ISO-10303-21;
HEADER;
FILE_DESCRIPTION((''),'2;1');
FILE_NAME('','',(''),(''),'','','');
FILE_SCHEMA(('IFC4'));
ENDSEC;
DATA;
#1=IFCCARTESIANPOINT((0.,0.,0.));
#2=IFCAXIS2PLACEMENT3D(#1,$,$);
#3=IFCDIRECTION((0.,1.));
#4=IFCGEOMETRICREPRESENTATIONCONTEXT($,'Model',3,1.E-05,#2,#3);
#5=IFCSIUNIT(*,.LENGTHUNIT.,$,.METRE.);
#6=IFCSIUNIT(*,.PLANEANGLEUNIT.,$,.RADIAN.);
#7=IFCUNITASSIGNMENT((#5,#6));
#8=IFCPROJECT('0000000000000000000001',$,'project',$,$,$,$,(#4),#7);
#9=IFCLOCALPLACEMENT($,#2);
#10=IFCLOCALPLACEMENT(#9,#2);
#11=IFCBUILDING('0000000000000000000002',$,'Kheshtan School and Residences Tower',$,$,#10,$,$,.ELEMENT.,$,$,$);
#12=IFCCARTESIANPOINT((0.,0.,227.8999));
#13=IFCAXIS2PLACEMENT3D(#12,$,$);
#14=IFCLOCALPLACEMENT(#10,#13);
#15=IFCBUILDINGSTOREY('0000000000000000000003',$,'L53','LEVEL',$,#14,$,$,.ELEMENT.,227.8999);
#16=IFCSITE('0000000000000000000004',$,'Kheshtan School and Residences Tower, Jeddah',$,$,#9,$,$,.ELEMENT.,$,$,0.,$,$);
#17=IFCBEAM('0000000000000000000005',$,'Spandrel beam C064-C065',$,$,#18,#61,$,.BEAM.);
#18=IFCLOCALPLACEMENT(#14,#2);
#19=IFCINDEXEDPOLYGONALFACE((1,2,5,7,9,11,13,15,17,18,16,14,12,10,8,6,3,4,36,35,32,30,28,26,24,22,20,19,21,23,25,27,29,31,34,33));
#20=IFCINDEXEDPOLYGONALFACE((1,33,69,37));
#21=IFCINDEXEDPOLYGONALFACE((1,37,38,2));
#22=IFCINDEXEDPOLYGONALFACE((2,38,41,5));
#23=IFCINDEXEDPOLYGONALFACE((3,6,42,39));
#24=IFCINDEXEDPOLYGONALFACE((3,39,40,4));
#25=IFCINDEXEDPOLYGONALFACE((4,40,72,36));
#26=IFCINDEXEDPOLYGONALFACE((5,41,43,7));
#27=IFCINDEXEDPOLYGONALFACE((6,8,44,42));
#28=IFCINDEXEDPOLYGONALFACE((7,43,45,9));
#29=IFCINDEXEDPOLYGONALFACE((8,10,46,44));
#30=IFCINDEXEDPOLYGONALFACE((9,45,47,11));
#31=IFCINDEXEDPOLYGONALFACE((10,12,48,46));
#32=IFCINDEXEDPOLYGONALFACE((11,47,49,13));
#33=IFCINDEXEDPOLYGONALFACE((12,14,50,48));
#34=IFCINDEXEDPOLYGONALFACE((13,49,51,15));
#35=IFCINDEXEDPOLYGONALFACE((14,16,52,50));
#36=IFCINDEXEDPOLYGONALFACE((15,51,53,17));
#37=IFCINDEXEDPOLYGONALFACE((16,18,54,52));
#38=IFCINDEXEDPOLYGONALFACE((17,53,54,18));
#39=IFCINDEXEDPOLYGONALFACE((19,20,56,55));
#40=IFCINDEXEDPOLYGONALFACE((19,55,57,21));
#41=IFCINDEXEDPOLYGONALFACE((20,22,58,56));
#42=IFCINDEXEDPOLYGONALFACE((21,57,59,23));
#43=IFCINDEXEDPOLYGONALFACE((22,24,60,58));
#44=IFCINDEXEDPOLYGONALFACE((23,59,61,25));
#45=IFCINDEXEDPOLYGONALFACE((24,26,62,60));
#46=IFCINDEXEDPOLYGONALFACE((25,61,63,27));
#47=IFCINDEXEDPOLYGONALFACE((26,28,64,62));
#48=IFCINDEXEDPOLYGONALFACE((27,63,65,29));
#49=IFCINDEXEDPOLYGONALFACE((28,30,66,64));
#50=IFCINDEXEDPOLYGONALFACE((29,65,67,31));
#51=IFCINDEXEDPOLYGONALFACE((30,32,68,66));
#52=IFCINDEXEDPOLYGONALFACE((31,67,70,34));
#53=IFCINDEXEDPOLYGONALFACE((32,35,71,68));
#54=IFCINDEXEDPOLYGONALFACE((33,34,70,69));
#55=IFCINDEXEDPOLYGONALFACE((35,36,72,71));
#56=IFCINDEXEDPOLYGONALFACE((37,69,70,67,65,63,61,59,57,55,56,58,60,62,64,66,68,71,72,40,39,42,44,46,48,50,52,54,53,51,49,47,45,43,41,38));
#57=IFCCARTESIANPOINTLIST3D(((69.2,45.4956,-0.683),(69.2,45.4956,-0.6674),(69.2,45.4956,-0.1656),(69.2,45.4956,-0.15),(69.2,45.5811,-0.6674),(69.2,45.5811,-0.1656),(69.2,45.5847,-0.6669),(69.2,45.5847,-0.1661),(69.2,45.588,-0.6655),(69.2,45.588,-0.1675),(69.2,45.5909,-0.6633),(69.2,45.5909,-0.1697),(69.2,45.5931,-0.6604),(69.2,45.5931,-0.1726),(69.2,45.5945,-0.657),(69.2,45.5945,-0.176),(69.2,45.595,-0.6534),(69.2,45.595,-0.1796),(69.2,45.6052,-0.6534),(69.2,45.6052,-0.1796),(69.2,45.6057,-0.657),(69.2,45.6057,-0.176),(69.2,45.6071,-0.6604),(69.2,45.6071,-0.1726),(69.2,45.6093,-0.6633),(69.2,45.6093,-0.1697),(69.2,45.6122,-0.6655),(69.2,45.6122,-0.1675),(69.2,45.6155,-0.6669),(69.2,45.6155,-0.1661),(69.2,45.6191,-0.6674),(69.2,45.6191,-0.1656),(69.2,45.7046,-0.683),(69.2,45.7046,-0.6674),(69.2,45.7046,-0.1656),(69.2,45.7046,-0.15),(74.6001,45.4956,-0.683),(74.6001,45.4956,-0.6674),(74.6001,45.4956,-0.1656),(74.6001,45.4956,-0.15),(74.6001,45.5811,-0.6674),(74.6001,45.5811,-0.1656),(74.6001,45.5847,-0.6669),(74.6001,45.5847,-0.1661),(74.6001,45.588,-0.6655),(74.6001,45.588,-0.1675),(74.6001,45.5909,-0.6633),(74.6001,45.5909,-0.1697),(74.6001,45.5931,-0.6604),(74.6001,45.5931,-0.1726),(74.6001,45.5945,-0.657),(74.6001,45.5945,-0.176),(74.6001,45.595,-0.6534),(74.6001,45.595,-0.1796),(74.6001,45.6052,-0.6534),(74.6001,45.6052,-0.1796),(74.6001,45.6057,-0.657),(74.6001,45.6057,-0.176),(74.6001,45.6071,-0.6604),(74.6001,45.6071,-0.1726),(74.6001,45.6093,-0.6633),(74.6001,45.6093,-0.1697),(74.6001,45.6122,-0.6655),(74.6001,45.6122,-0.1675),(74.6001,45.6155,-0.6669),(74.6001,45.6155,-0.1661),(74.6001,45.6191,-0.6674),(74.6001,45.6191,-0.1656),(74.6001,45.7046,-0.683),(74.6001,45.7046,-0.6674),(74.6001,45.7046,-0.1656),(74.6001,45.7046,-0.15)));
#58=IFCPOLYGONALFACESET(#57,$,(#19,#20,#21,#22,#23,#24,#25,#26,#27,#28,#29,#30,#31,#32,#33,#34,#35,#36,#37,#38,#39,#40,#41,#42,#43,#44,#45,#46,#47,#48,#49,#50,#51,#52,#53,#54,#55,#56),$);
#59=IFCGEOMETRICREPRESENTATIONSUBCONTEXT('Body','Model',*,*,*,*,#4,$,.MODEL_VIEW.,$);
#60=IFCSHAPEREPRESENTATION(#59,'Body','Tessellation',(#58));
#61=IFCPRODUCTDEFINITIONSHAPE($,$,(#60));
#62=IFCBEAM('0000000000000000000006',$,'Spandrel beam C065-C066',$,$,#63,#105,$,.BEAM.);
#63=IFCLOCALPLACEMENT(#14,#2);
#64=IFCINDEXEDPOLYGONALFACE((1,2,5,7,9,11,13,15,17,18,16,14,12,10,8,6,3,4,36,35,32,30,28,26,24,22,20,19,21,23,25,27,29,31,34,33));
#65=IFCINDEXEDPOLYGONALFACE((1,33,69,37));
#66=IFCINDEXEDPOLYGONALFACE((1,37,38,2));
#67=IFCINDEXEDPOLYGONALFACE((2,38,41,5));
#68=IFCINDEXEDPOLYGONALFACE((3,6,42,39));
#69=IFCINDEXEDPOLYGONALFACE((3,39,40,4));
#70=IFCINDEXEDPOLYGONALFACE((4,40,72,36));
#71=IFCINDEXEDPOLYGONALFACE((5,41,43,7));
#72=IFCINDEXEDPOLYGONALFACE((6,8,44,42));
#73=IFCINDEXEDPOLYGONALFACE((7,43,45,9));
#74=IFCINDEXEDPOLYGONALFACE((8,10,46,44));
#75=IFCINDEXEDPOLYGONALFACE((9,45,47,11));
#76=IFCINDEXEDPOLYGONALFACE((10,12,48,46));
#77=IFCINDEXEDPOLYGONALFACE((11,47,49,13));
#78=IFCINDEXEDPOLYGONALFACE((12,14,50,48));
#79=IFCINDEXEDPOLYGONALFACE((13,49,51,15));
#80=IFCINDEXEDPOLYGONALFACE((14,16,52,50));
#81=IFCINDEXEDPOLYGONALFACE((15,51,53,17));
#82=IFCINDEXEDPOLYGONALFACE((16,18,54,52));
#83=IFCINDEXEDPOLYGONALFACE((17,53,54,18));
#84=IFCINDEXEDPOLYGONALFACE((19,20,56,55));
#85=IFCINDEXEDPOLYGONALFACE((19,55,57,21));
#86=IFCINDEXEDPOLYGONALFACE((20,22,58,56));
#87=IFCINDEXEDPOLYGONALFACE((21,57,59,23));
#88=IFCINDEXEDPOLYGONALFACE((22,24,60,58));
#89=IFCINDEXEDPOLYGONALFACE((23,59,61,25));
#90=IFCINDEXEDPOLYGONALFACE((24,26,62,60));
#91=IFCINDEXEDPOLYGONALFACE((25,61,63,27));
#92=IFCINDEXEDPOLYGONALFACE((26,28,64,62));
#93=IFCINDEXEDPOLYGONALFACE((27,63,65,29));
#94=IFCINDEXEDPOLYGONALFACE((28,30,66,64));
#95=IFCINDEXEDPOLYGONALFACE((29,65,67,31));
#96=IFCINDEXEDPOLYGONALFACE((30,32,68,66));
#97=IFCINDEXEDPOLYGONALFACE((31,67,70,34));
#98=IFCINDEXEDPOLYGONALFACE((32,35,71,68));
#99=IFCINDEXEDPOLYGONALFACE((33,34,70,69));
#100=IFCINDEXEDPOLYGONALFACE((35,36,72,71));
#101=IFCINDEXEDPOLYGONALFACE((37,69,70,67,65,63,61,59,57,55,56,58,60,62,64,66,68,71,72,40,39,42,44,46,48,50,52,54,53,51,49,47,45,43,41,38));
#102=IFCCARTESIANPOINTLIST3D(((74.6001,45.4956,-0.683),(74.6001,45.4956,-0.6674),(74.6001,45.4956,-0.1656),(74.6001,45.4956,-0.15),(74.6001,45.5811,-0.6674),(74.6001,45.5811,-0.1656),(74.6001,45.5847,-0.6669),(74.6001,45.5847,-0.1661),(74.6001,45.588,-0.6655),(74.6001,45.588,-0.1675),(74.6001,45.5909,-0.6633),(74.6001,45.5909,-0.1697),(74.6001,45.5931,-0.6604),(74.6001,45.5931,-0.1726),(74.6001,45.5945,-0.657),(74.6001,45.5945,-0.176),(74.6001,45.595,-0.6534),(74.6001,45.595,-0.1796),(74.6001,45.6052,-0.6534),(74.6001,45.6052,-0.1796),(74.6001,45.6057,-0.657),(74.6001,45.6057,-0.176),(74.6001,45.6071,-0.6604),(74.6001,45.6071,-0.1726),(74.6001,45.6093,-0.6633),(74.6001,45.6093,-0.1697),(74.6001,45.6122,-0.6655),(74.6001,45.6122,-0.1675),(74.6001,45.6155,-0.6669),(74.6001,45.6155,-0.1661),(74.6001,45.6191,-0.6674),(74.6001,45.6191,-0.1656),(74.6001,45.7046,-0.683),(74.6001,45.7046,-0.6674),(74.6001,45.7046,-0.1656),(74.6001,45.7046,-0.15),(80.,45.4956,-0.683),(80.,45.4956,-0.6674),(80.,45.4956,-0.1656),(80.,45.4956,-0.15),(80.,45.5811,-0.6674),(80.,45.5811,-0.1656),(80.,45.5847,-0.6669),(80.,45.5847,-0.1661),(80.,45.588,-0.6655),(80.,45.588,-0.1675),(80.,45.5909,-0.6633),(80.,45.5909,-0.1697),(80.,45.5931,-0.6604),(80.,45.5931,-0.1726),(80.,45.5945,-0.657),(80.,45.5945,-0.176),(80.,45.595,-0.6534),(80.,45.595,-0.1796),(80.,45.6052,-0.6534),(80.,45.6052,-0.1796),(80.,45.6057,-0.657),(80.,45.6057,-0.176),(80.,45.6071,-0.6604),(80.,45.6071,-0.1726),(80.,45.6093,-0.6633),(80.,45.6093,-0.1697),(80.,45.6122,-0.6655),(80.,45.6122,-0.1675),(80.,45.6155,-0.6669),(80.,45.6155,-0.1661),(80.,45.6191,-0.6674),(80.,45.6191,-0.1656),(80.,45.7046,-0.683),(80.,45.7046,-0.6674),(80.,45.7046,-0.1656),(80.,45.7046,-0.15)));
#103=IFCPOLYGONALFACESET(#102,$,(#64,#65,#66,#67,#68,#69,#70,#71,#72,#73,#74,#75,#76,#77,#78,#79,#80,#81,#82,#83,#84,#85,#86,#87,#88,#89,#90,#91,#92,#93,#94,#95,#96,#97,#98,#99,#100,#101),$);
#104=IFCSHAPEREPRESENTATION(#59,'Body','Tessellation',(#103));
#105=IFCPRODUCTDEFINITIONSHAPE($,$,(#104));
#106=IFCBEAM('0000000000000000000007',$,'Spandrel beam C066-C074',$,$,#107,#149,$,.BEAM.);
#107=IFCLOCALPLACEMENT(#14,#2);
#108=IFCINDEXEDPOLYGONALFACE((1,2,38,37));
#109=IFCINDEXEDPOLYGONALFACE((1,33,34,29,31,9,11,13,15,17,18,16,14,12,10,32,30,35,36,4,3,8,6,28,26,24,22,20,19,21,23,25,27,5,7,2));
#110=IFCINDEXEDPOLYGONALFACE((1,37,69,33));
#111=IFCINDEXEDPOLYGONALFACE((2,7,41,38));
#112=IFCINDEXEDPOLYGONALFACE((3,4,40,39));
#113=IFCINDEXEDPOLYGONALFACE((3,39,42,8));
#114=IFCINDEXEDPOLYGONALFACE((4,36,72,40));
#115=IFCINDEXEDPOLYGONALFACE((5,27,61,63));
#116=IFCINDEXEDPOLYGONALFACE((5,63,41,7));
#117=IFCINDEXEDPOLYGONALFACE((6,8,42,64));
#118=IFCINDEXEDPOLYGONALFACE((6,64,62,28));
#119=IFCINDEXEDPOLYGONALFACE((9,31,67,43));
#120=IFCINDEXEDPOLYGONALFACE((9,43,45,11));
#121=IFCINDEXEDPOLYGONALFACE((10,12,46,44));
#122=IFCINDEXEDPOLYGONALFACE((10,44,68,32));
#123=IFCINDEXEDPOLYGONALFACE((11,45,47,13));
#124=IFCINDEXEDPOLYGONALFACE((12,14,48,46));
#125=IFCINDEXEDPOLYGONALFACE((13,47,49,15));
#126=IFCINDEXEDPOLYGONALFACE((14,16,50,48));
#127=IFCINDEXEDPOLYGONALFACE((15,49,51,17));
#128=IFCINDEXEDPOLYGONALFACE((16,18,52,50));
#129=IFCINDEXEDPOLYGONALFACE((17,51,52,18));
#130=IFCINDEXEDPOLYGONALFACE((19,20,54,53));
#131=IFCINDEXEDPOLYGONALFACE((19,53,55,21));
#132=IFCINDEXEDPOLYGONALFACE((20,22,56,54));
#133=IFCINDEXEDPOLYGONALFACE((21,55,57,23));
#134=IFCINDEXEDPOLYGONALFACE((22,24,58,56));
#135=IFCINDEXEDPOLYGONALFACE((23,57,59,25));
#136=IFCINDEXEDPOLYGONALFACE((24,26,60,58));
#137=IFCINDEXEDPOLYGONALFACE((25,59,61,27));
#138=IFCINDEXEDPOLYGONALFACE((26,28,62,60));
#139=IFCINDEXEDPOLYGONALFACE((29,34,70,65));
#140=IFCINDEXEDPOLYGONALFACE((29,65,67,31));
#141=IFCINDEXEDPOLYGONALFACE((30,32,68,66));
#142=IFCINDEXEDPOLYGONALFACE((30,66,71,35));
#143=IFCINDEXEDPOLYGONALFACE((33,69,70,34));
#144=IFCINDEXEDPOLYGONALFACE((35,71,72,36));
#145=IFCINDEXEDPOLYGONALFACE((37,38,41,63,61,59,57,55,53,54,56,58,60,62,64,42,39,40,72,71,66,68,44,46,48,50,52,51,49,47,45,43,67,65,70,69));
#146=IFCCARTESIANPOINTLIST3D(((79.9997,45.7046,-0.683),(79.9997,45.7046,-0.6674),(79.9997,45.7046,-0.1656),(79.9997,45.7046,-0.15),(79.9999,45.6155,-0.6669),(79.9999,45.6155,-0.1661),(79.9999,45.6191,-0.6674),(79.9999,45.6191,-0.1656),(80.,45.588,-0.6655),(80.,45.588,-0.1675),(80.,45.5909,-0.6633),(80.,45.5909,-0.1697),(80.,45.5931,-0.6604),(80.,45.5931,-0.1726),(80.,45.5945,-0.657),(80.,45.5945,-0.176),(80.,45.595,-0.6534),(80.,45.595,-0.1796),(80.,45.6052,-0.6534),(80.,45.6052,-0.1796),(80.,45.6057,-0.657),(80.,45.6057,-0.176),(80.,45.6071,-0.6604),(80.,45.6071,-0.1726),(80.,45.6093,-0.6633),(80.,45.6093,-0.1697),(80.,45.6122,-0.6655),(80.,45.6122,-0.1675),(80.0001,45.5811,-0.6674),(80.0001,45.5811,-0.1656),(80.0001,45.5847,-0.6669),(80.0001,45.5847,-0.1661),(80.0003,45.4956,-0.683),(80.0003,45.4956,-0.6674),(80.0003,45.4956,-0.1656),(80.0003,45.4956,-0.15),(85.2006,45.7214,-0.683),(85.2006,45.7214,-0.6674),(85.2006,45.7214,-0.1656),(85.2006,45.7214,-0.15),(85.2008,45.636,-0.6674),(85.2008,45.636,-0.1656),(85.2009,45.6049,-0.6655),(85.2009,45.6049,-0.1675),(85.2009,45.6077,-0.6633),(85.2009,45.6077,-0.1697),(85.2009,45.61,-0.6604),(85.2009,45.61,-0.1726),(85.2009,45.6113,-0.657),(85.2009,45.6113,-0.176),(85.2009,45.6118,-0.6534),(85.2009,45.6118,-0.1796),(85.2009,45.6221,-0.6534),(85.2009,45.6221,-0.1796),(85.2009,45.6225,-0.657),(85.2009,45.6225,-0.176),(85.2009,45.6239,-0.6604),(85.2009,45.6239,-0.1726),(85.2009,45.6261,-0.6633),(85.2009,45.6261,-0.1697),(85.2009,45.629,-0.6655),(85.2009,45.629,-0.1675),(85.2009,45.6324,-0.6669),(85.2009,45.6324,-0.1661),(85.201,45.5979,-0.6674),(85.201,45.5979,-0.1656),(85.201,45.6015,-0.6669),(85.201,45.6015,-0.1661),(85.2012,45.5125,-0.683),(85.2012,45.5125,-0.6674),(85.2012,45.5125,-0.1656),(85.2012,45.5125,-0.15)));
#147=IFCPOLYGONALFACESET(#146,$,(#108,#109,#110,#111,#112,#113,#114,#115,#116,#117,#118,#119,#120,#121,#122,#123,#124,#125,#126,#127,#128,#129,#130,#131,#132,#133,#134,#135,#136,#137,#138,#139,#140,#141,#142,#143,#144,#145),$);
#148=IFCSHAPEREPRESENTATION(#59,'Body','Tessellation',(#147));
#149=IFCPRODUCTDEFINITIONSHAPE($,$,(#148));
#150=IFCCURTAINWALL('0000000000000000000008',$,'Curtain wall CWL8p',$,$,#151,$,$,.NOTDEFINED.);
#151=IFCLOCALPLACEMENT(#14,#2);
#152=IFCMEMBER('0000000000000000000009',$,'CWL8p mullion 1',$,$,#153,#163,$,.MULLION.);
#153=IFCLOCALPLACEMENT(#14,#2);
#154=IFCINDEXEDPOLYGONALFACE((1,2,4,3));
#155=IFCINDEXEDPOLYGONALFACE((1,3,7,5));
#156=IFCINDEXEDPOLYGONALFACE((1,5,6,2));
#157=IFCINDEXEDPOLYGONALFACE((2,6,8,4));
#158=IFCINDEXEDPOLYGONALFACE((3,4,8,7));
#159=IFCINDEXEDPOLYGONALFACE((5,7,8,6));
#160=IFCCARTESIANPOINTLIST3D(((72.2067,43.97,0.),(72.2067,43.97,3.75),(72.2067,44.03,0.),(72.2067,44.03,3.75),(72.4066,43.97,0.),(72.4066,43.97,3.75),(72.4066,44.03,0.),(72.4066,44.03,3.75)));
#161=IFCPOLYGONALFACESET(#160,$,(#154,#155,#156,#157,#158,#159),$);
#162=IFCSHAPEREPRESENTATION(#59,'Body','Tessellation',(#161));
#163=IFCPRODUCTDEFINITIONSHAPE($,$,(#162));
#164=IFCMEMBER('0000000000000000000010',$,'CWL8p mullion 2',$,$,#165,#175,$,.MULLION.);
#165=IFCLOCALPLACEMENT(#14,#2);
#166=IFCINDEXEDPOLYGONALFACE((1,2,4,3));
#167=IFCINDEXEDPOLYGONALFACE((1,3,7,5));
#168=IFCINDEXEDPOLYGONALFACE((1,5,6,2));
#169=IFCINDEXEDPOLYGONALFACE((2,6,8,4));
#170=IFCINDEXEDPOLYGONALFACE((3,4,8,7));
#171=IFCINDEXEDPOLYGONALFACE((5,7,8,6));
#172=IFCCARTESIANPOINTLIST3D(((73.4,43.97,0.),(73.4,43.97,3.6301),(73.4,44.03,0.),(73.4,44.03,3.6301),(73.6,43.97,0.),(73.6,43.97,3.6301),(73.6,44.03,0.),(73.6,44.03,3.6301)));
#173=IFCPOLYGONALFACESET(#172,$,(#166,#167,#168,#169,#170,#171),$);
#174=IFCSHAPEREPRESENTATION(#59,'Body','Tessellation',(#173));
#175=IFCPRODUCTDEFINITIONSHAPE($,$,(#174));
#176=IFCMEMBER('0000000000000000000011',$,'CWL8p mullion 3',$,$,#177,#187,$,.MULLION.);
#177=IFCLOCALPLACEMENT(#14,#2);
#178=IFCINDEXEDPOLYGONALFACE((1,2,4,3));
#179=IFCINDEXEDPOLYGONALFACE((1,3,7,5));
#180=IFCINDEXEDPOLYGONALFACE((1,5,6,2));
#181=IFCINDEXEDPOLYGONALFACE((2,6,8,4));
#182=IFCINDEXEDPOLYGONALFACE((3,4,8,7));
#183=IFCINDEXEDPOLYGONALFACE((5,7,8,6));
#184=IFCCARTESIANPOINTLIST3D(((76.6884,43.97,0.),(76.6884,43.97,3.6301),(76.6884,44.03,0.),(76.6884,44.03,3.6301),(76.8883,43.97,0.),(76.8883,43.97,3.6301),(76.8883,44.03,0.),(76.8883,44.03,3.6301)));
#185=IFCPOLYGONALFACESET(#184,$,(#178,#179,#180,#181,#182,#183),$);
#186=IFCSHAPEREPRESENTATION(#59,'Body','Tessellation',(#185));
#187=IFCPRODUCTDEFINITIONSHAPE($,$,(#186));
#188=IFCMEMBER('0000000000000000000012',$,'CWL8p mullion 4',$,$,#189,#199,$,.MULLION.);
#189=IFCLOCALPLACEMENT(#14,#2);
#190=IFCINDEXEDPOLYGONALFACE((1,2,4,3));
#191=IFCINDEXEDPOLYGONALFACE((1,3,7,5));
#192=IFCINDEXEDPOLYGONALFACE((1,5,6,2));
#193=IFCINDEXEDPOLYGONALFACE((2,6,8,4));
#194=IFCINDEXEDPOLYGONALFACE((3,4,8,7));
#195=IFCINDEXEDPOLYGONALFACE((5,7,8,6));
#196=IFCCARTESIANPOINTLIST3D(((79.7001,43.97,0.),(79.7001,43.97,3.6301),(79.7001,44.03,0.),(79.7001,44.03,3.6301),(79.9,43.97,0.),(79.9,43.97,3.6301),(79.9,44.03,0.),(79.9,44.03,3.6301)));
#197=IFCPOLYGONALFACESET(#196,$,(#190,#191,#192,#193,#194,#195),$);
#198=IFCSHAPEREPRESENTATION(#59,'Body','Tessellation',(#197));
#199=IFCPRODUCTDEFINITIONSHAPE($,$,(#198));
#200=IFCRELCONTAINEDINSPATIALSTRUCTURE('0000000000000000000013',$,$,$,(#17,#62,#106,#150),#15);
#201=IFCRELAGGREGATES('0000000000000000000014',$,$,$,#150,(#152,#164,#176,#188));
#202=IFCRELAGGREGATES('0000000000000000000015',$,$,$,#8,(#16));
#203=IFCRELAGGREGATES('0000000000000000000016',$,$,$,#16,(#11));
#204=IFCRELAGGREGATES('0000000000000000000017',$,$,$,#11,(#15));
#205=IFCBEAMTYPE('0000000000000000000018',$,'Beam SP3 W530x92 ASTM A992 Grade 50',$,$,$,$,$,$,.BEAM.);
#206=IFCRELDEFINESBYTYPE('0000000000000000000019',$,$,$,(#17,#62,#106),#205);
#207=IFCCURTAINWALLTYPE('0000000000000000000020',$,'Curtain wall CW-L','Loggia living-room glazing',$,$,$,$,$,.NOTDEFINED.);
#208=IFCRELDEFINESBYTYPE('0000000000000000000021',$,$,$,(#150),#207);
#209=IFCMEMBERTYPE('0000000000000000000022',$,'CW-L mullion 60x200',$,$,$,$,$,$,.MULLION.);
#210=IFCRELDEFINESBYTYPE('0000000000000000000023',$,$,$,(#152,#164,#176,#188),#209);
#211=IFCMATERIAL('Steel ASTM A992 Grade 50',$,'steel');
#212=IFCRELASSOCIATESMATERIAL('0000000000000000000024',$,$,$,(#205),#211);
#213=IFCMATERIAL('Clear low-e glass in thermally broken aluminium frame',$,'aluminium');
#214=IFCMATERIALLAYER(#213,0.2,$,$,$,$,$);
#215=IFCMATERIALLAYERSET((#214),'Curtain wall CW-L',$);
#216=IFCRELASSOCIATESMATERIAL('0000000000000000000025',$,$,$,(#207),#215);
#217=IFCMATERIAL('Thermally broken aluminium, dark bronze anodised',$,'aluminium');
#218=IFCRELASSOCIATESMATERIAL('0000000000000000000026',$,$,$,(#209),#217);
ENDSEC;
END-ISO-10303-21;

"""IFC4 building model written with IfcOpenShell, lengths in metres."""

from ifc_helpers import new_model, si_unit, direction, frame, origin, origin_2d, place, context, subcontext, project, spatial, rectangle, i_section, extrude, material, layer, layer_set, material_profile, profile_set, type_object, element, aggregate, save


model = new_model("IFC4")

# Units and contexts
model_context = context("Model", 3, precision=1e-05, world=origin(), true_north=direction((0.0, 1.0)))
body_context = subcontext(model_context, "Body", "Model", "MODEL_VIEW")
ifc_project = project(units=[si_unit("LENGTHUNIT", "METRE"), si_unit("PLANEANGLEUNIT", "RADIAN")], contexts=[model_context])

# Site, building, storey
site_placement = place(None, origin())
site = spatial("IfcSite", under=ifc_project, at=site_placement, Name="Kheshtan School and Residences Tower, Jeddah", CompositionType="ELEMENT", RefElevation=0.0)
building_placement = place(site_placement, origin())
building = spatial("IfcBuilding", under=site, at=building_placement, Name="Kheshtan School and Residences Tower", CompositionType="ELEMENT")
storey_placement = place(building_placement, frame((0.0, 0.0, 227.8999)))
storey = spatial("IfcBuildingStorey", under=building, at=storey_placement, Name="L53", Description="LEVEL", CompositionType="ELEMENT", Elevation=227.8999)

# Shared definitions
ifc_material_1 = material(Name="Steel ASTM A992 Grade 50", Category="steel")

# Beams
ifc_material_profile_1 = material_profile(ifc_material_1, i_section(OverallWidth=0.209, OverallDepth=0.533, WebThickness=0.0103, FlangeThickness=0.0156, FilletRadius=0.0139, at=origin_2d()), Name="W530x92")
ifc_profile_set_1 = profile_set([ifc_material_profile_1], Name="Steel ASTM A992 Grade 50")
beam_type_1 = type_object("IfcBeamType", Name="Beam SP3 W530x92 ASTM A992 Grade 50", PredefinedType="BEAM", material=ifc_profile_set_1)
beam_1_placement = place(storey_placement, frame((69.2, 45.6001, -0.4165), z_axis=(1.0, 0.0, 0.0), x_axis=(0.0, 1.0, 0.0)))
element("IfcBeam", 1, at=beam_1_placement, inside=storey, type_object=beam_type_1, Name="Spandrel beam C064-C065", PredefinedType="BEAM", context=body_context, shape_type="SweptSolid", body=[
    extrude(i_section(OverallWidth=0.209, OverallDepth=0.533, WebThickness=0.0103, FlangeThickness=0.0156, FilletRadius=0.0139, at=origin_2d()), origin(), (0.0, 0.0, 1.0), 5.4001),
])
beam_2_placement = place(storey_placement, frame((74.6001, 45.6001, -0.4165), z_axis=(1.0, 0.0, 0.0), x_axis=(0.0, 1.0, 0.0)))
element("IfcBeam", 2, at=beam_2_placement, inside=storey, type_object=beam_type_1, Name="Spandrel beam C065-C066", PredefinedType="BEAM", context=body_context, shape_type="SweptSolid", body=[
    extrude(i_section(OverallWidth=0.209, OverallDepth=0.533, WebThickness=0.0103, FlangeThickness=0.0156, FilletRadius=0.0139, at=origin_2d()), origin(), (0.0, 0.0, 1.0), 5.3999),
])
beam_3_placement = place(storey_placement, frame((80.0, 45.6001, -0.4165), z_axis=(0.999995, 0.003239, 0.0), x_axis=(-0.003239, 0.999995, 0.0)))
element("IfcBeam", 3, at=beam_3_placement, inside=storey, type_object=beam_type_1, Name="Spandrel beam C066-C074", PredefinedType="BEAM", context=body_context, shape_type="SweptSolid", body=[
    extrude(i_section(OverallWidth=0.209, OverallDepth=0.533, WebThickness=0.0103, FlangeThickness=0.0156, FilletRadius=0.0139, at=origin_2d()), origin(), (0.0, 0.0, 1.0), 5.2009),
])

# Curtain wall, members
ifc_material_2 = material(Name="Clear low-e glass in thermally broken aluminium frame", Category="aluminium")
ifc_layer_1 = layer(ifc_material_2, 0.2)
ifc_layer_set_1 = layer_set([ifc_layer_1], Name="Curtain wall CW-L")
curtain_wall_type = type_object("IfcCurtainWallType", Name="Curtain wall CW-L", Description="Loggia living-room glazing", PredefinedType="NOTDEFINED", material=ifc_layer_set_1)
curtain_wall_1_placement = place(storey_placement, origin())
curtain_wall_1 = element("IfcCurtainWall", 4, at=curtain_wall_1_placement, inside=storey, type_object=curtain_wall_type, Name="Curtain wall CWL8p", PredefinedType="NOTDEFINED")
ifc_material_3 = material(Name="Thermally broken aluminium, dark bronze anodised", Category="aluminium")
ifc_material_profile_2 = material_profile(ifc_material_3, rectangle(XDim=0.0601, YDim=0.2, at=origin_2d()), Name="CW-L mullion 60x200")
ifc_profile_set_2 = profile_set([ifc_material_profile_2], Name="Thermally broken aluminium, dark bronze anodised")
member_type_1 = type_object("IfcMemberType", Name="CW-L mullion 60x200", PredefinedType="MULLION", material=ifc_profile_set_2)
member_1_placement = place(storey_placement, frame((72.3066, 44.0, 0.0), z_axis=(0.0, 0.0, 1.0), x_axis=(0.0, 1.0, 0.0)))
member_1 = element("IfcMember", 5, at=member_1_placement, type_object=member_type_1, Name="CWL8p mullion 1", PredefinedType="MULLION", context=body_context, shape_type="SweptSolid", body=[
    extrude(rectangle(XDim=0.0601, YDim=0.2, at=origin_2d()), origin(), (0.0, 0.0, 1.0), 3.75),
])
member_2_placement = place(storey_placement, frame((73.5, 44.0, 0.0), z_axis=(0.0, 0.0, 1.0), x_axis=(0.0, 1.0, 0.0)))
member_2 = element("IfcMember", 6, at=member_2_placement, type_object=member_type_1, Name="CWL8p mullion 2", PredefinedType="MULLION", context=body_context, shape_type="SweptSolid", body=[
    extrude(rectangle(XDim=0.0601, YDim=0.2, at=origin_2d()), origin(), (0.0, 0.0, 1.0), 3.6301),
])
member_3_placement = place(storey_placement, frame((76.7883, 44.0, 0.0), z_axis=(0.0, 0.0, 1.0), x_axis=(0.0, 1.0, 0.0)))
member_3 = element("IfcMember", 7, at=member_3_placement, type_object=member_type_1, Name="CWL8p mullion 3", PredefinedType="MULLION", context=body_context, shape_type="SweptSolid", body=[
    extrude(rectangle(XDim=0.0601, YDim=0.2, at=origin_2d()), origin(), (0.0, 0.0, 1.0), 3.6301),
])
member_4_placement = place(storey_placement, frame((79.8, 44.0, 0.0), z_axis=(0.0, 0.0, 1.0), x_axis=(0.0, 1.0, 0.0)))
member_4 = element("IfcMember", 8, at=member_4_placement, type_object=member_type_1, Name="CWL8p mullion 4", PredefinedType="MULLION", context=body_context, shape_type="SweptSolid", body=[
    extrude(rectangle(XDim=0.0601, YDim=0.2, at=origin_2d()), origin(), (0.0, 0.0, 1.0), 3.6301),
])

aggregate(curtain_wall_1, [member_1, member_2, member_3, member_4])

save(model, "model.ifc")
